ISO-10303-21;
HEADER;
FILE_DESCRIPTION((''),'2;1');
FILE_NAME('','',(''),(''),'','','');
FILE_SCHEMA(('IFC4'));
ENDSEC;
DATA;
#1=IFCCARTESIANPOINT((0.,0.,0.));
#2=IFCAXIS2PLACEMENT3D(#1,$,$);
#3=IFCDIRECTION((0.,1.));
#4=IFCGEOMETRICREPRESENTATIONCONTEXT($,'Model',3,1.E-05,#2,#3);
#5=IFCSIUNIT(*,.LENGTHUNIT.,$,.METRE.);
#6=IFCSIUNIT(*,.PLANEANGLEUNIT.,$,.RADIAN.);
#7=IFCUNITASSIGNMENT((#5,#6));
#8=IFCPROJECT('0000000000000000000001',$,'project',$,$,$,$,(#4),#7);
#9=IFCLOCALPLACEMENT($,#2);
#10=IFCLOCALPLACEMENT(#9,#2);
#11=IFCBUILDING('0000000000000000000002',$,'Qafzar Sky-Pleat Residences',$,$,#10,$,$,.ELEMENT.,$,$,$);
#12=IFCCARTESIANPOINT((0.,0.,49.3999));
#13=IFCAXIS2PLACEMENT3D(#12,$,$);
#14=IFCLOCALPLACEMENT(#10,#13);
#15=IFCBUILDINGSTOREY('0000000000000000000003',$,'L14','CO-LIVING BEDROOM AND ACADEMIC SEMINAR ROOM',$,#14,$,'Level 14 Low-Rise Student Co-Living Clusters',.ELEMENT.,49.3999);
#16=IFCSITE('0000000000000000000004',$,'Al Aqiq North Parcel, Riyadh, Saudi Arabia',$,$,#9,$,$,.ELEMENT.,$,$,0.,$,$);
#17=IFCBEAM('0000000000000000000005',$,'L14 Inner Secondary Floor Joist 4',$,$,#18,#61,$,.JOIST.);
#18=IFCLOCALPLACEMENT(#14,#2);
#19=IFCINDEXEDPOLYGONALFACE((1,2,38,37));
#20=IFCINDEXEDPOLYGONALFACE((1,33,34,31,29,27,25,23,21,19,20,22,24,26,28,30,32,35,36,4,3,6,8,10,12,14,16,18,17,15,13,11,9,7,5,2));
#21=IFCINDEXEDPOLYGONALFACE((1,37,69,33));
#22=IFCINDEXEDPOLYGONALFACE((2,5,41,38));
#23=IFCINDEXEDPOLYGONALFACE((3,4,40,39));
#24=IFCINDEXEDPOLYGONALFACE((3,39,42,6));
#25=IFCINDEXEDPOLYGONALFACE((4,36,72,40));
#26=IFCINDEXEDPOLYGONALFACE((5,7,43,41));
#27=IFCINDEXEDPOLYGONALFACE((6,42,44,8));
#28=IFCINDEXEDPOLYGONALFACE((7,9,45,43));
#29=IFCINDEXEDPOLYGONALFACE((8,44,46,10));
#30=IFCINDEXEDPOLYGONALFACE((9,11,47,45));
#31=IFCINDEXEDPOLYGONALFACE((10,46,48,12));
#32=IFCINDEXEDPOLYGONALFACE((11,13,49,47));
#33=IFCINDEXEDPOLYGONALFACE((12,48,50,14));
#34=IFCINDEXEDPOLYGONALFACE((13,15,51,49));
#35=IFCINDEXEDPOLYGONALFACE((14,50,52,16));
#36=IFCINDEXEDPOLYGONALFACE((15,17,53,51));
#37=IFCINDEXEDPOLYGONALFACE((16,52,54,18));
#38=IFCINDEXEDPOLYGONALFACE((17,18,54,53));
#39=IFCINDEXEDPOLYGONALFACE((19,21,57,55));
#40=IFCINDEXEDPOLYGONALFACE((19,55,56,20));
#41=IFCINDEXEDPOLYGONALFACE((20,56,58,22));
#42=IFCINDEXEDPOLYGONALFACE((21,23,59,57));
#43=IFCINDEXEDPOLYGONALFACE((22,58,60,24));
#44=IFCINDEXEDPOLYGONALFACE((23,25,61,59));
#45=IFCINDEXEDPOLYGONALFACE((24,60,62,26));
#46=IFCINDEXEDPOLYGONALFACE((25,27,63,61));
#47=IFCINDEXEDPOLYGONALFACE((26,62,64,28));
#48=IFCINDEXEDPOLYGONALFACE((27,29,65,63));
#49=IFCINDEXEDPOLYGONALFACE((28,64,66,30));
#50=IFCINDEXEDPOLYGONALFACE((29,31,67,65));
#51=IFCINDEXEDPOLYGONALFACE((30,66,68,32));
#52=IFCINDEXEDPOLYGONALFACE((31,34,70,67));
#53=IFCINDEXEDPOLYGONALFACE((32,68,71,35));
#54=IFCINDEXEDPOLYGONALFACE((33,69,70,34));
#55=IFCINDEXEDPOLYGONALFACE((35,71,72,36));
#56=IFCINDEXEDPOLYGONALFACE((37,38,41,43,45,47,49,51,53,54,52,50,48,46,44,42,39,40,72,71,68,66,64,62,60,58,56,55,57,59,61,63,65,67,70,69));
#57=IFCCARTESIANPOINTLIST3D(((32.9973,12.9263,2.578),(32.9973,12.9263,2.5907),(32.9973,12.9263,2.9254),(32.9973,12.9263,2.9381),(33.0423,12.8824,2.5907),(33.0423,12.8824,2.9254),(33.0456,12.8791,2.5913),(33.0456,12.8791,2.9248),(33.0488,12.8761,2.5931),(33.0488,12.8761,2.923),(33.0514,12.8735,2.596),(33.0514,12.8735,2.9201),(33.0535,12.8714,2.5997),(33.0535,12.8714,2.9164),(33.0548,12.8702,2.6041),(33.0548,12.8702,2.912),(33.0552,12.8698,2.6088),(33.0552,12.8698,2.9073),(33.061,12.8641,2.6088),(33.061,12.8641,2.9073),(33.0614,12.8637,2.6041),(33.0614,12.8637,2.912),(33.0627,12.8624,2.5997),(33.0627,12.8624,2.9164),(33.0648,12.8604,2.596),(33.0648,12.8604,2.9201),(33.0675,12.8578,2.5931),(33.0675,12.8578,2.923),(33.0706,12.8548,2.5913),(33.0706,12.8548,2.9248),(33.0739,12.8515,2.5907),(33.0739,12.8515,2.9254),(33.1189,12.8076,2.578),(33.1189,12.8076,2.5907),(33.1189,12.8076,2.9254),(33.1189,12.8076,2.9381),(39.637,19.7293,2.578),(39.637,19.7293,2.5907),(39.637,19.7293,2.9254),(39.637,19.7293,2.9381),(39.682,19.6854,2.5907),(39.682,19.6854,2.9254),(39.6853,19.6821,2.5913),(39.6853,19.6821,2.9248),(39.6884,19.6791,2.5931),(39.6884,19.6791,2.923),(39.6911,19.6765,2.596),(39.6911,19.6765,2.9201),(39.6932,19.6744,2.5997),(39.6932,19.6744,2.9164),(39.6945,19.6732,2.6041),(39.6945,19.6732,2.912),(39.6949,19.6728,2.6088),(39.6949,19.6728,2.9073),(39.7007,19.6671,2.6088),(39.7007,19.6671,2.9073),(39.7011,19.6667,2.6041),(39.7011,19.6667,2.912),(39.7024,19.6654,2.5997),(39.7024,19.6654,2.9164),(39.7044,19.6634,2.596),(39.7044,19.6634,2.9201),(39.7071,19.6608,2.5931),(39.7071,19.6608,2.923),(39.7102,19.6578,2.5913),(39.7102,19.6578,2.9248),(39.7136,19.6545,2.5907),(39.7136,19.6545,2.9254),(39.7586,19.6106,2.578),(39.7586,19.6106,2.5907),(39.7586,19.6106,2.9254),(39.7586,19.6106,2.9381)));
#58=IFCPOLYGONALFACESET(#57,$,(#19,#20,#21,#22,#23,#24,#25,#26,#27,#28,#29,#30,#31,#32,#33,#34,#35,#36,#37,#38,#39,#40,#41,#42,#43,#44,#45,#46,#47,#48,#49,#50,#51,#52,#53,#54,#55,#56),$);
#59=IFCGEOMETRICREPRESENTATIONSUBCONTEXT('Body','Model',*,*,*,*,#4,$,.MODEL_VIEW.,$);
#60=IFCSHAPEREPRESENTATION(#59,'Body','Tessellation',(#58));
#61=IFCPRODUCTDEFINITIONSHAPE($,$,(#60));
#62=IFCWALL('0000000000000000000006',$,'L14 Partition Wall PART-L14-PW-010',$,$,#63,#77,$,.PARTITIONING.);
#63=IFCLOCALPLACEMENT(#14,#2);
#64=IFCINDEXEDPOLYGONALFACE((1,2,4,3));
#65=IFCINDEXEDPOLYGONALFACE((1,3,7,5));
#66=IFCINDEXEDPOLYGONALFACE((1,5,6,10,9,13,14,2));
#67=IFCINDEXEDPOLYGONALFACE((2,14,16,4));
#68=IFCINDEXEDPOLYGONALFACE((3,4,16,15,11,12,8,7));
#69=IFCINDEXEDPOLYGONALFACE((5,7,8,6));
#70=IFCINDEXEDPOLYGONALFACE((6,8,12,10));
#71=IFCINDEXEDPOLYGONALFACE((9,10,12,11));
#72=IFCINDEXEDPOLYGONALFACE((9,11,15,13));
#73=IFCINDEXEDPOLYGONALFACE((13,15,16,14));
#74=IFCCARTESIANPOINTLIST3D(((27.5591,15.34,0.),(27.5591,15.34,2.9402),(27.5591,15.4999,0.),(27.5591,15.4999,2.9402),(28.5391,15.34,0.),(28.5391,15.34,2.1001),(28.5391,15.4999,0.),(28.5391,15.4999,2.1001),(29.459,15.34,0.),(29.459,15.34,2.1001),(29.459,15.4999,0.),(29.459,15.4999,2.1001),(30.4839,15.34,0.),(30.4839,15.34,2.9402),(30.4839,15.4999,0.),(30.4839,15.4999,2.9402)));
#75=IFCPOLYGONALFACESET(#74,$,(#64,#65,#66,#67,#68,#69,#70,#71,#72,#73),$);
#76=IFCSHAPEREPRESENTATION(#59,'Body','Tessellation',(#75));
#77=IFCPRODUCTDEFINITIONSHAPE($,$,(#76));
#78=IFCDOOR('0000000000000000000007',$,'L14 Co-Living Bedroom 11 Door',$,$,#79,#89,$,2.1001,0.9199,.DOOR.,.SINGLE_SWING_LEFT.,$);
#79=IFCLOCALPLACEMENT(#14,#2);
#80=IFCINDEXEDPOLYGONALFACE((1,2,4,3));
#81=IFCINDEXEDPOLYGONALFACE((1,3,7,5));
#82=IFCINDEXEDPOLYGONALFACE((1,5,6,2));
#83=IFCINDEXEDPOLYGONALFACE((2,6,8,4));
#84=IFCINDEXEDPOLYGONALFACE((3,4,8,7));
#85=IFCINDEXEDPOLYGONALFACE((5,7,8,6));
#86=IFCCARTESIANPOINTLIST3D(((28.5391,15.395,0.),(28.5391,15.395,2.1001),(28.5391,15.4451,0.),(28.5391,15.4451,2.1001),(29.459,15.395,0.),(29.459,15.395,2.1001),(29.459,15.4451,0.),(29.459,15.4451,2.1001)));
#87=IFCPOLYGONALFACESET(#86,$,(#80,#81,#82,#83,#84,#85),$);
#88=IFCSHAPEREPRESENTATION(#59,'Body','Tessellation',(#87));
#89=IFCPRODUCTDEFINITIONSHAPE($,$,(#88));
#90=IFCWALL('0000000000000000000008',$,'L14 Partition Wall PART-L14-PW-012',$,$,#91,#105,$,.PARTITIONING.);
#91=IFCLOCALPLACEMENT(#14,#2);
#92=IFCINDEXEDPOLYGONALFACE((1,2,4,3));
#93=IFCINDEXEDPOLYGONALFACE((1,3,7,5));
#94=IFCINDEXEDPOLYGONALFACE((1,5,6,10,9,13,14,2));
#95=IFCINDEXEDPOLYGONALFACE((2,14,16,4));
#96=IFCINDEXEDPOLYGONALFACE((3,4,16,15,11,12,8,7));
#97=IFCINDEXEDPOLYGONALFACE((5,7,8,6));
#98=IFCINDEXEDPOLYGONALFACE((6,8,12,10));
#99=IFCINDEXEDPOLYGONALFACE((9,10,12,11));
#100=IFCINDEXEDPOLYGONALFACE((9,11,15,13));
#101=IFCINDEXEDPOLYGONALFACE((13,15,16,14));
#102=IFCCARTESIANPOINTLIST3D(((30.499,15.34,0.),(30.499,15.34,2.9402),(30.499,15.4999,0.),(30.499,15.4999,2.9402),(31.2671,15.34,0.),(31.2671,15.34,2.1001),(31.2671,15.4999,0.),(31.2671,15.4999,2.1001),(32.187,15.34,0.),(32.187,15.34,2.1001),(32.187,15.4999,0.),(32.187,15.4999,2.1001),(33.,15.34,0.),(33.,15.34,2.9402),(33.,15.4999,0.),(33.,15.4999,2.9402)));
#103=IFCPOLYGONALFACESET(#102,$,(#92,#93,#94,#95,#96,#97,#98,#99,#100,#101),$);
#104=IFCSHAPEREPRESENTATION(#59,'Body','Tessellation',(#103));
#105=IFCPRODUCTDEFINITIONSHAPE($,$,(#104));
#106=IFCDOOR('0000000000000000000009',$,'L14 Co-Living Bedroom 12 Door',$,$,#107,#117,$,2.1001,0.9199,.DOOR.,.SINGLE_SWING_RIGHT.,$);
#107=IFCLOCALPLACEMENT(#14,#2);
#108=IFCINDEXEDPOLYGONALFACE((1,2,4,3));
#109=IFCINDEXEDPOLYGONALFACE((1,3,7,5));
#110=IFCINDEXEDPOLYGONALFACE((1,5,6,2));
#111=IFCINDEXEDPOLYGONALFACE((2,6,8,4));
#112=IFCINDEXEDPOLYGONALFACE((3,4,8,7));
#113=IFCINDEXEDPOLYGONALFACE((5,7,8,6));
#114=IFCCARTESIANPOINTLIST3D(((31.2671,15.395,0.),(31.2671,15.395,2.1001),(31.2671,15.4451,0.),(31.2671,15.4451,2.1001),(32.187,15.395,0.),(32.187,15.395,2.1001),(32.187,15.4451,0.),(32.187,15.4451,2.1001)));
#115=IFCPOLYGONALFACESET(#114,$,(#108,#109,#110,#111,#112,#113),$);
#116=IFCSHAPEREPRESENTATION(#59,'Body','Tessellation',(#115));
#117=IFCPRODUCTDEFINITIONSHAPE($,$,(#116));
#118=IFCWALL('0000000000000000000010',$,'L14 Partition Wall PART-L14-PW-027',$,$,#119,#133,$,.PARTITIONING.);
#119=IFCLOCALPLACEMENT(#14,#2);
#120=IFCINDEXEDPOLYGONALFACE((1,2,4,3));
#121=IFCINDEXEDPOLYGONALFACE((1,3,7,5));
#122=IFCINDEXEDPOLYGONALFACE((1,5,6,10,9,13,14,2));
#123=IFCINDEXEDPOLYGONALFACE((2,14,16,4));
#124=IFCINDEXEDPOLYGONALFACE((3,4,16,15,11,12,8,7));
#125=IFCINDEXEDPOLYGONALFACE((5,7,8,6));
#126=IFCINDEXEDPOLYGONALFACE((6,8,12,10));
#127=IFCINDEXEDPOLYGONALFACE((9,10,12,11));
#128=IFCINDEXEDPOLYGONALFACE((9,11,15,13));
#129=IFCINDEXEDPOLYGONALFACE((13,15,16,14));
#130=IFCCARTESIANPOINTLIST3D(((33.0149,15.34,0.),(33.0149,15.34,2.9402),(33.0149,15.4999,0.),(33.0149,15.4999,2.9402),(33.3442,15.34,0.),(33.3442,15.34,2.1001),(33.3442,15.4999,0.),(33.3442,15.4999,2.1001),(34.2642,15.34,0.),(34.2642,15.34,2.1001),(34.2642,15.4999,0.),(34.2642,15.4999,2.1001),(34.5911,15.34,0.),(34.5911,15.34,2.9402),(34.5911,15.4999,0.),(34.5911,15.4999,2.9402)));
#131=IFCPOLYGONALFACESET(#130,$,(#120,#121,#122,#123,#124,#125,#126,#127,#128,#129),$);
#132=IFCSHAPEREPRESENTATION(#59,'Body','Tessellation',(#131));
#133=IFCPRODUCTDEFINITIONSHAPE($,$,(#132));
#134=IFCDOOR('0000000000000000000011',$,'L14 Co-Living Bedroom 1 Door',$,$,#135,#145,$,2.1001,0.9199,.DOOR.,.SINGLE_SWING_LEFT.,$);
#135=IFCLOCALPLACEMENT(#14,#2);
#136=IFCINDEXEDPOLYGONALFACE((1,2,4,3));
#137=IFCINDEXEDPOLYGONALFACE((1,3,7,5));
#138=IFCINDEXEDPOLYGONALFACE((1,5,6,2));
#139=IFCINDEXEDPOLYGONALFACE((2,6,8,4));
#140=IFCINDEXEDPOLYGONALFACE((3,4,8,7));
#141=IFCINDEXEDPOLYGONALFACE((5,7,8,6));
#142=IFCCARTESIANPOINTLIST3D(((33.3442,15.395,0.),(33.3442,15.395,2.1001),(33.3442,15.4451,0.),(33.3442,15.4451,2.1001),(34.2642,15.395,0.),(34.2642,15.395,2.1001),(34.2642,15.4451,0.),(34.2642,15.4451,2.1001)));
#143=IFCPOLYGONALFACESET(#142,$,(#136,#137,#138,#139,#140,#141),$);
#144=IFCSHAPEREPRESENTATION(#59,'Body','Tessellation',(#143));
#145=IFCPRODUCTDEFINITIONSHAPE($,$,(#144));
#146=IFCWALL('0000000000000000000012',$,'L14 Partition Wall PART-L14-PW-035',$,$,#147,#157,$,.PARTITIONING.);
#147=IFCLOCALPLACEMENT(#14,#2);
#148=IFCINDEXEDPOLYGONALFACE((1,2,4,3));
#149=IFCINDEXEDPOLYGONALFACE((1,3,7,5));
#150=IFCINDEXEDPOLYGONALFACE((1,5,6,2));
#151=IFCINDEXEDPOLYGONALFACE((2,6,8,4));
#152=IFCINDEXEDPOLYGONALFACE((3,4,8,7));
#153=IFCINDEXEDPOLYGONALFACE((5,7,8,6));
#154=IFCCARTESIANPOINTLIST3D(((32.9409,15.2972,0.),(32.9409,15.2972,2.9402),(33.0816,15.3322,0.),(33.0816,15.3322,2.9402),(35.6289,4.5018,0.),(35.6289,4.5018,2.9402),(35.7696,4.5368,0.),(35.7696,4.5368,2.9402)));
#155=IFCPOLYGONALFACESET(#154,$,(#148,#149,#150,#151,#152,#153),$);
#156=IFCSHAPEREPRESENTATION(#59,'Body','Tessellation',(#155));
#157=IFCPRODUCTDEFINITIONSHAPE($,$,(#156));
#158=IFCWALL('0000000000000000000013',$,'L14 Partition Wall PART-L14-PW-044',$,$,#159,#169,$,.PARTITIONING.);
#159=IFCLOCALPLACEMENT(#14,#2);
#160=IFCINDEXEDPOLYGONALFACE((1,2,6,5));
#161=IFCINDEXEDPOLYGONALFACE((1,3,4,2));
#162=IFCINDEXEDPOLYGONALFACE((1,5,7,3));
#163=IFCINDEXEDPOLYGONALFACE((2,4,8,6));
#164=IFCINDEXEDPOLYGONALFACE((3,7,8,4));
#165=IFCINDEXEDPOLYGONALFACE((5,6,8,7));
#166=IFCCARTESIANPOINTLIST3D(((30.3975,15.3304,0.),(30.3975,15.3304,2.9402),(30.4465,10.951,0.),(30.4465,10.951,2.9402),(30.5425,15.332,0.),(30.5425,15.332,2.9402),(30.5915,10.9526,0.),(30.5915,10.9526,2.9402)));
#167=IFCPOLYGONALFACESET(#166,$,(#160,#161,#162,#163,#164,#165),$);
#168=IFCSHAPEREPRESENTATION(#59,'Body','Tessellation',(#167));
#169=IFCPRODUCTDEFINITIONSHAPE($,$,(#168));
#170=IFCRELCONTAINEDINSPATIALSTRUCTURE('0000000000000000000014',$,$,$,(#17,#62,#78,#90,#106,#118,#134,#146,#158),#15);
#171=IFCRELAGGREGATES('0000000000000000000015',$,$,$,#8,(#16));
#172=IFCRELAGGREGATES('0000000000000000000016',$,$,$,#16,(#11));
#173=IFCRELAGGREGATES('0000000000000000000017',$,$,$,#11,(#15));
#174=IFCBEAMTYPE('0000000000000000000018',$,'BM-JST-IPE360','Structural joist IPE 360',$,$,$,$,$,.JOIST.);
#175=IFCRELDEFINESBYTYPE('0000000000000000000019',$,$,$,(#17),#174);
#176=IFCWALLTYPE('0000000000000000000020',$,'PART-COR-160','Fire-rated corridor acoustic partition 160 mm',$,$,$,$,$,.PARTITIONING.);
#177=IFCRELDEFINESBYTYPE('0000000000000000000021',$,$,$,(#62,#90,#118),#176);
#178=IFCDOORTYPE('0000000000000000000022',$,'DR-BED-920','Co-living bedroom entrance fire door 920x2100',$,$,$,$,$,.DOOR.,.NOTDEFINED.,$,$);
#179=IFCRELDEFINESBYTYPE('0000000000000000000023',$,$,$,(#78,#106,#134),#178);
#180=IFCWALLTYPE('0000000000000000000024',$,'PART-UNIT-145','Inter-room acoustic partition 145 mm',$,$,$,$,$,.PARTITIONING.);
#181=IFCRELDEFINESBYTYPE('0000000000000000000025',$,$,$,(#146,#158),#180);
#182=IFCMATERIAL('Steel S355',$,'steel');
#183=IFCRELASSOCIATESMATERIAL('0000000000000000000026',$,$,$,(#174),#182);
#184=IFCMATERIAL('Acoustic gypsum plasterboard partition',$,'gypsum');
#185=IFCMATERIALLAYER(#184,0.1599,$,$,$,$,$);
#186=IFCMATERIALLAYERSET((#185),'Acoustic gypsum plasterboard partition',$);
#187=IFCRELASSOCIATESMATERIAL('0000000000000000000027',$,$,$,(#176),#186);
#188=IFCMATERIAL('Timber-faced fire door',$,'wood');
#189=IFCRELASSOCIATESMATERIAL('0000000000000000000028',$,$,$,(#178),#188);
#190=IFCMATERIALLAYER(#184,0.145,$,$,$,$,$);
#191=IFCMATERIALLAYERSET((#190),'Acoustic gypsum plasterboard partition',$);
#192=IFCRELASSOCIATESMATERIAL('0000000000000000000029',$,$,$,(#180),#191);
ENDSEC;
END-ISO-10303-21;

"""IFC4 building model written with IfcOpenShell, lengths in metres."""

from ifc_helpers import new_model, si_unit, direction, frame, frame_2d, origin, origin_2d, place, context, subcontext, project, spatial, rectangle, i_section, extrude, source, transform, mapped, material, layer, layer_set, material_profile, profile_set, type_object, element, fill, save


model = new_model("IFC4")

# Units and contexts
model_context = context("Model", 3, precision=1e-05, world=origin(), true_north=direction((0.0, 1.0)))
body_context = subcontext(model_context, "Body", "Model", "MODEL_VIEW")
ifc_project = project(units=[si_unit("LENGTHUNIT", "METRE"), si_unit("PLANEANGLEUNIT", "RADIAN")], contexts=[model_context])

# Site, building, storey
site_placement = place(None, origin())
site = spatial("IfcSite", under=ifc_project, at=site_placement, Name="Al Aqiq North Parcel, Riyadh, Saudi Arabia", CompositionType="ELEMENT", RefElevation=0.0)
building_placement = place(site_placement, origin())
building = spatial("IfcBuilding", under=site, at=building_placement, Name="Qafzar Sky-Pleat Residences", CompositionType="ELEMENT")
storey_placement = place(building_placement, frame((0.0, 0.0, 49.3999)))
storey = spatial("IfcBuildingStorey", under=building, at=storey_placement, Name="L14", Description="CO-LIVING BEDROOM AND ACADEMIC SEMINAR ROOM", LongName="Level 14 Low-Rise Student Co-Living Clusters", CompositionType="ELEMENT", Elevation=49.3999)

# Beam
ifc_material_1 = material(Name="Steel S355", Category="steel")
ifc_material_profile_1 = material_profile(ifc_material_1, i_section(OverallWidth=0.1699, OverallDepth=0.3601, WebThickness=0.0081, FlangeThickness=0.0127, FilletRadius=0.0181, at=origin_2d()), Name="IPE 360")
ifc_profile_set_1 = profile_set([ifc_material_profile_1], Name="Steel S355")
beam_type_1 = type_object("IfcBeamType", Name="BM-JST-IPE360", Description="Structural joist IPE 360", PredefinedType="JOIST", material=ifc_profile_set_1)
shared_shape_1 = source(origin(), body_context, "Body", "SweptSolid", [
    extrude(i_section(OverallWidth=0.1699, OverallDepth=0.3601, WebThickness=0.0081, FlangeThickness=0.0127, FilletRadius=0.0181, at=origin_2d()), origin(), (0.0, 0.0, 1.0), 9.5061),
])
beam_1_placement = place(storey_placement, frame((33.0581, 12.8669, 2.7581), z_axis=(0.698464, 0.715645, 0.0), x_axis=(-0.715645, 0.698464, 0.0)))
element("IfcBeam", 1, at=beam_1_placement, inside=storey, type_object=beam_type_1, Name="L14 Inner Secondary Floor Joist 4", PredefinedType="JOIST", context=body_context, shape_type="MappedRepresentation", body=[
    mapped(shared_shape_1, transform((0.0, 0.0, 0.0), x_axis=(1.0, 0.0, 0.0), y_axis=(0.0, 1.0, 0.0), z_axis=(0.0, 0.0, 1.0), scale=1.0)),
])

# Walls, openings, doors
ifc_material_2 = material(Name="Acoustic gypsum plasterboard partition", Category="gypsum")
ifc_layer_1 = layer(ifc_material_2, 0.1599)
ifc_layer_set_1 = layer_set([ifc_layer_1], Name="Acoustic gypsum plasterboard partition")
wall_type_1 = type_object("IfcWallType", Name="PART-COR-160", Description="Fire-rated corridor acoustic partition 160 mm", PredefinedType="PARTITIONING", material=ifc_layer_set_1)
wall_1_placement = place(storey_placement, frame((30.4839, 15.4199, 0.0), z_axis=(0.0, 0.0, 1.0), x_axis=(-1.0, 0.0, 0.0)))
wall_1 = element("IfcWall", 2, at=wall_1_placement, inside=storey, type_object=wall_type_1, Name="L14 Partition Wall PART-L14-PW-010", PredefinedType="PARTITIONING", context=body_context, shape_type="SweptSolid", body=[
    extrude(rectangle(XDim=2.9248, YDim=0.1599, at=frame_2d((1.4624, 0.0))), origin(), (0.0, 0.0, 1.0), 2.9402),
])
opening_1_placement = place(wall_1_placement, frame((1.0249, 0.0, 0.0)))
opening_1 = element("IfcOpeningElement", 3, at=opening_1_placement, cuts=wall_1, PredefinedType="OPENING", context=body_context, shape_type="SweptSolid", body=[
    extrude(rectangle(XDim=0.9199, YDim=2.1001, at=frame_2d((0.46, 1.05))), frame((0.0, 0.0898, 0.0), z_axis=(0.0, -1.0, 0.0), x_axis=(1.0, 0.0, 0.0)), (0.0, 0.0, 1.0), 0.1799),
])
ifc_material_3 = material(Name="Timber-faced fire door", Category="wood")
door_type_1 = type_object("IfcDoorType", Name="DR-BED-920", Description="Co-living bedroom entrance fire door 920x2100", OperationType="NOTDEFINED", PredefinedType="DOOR", material=ifc_material_3)
shared_shape_2 = source(origin(), body_context, "Body", "SweptSolid", [
    extrude(rectangle(XDim=0.9199, YDim=2.1001, at=frame_2d((0.46, 1.05))), frame((0.0, 0.0249, 0.0), z_axis=(0.0, -1.0, 0.0), x_axis=(1.0, 0.0, 0.0)), (0.0, 0.0, 1.0), 0.05),
])
door_1_placement = place(opening_1_placement, origin())
door_1 = element("IfcDoor", 4, at=door_1_placement, inside=storey, type_object=door_type_1, Name="L14 Co-Living Bedroom 11 Door", OperationType="SINGLE_SWING_LEFT", OverallHeight=2.1001, OverallWidth=0.9199, PredefinedType="DOOR", context=body_context, shape_type="MappedRepresentation", body=[
    mapped(shared_shape_2, transform((0.0, 0.0, 0.0), x_axis=(1.0, 0.0, 0.0), y_axis=(0.0, 1.0, 0.0), z_axis=(0.0, 0.0, 1.0), scale=1.0)),
])
fill(opening_1, door_1)
wall_2_placement = place(storey_placement, frame((33.0, 15.4199, 0.0), z_axis=(0.0, 0.0, 1.0), x_axis=(-1.0, 0.0, 0.0)))
wall_2 = element("IfcWall", 5, at=wall_2_placement, inside=storey, type_object=wall_type_1, Name="L14 Partition Wall PART-L14-PW-012", PredefinedType="PARTITIONING", context=body_context, shape_type="SweptSolid", body=[
    extrude(rectangle(XDim=2.501, YDim=0.1599, at=frame_2d((1.2505, 0.0))), origin(), (0.0, 0.0, 1.0), 2.9402),
])
opening_2_placement = place(wall_2_placement, frame((0.813, 0.0, 0.0)))
opening_2 = element("IfcOpeningElement", 6, at=opening_2_placement, cuts=wall_2, PredefinedType="OPENING", context=body_context, shape_type="SweptSolid", body=[
    extrude(rectangle(XDim=0.9199, YDim=2.1001, at=frame_2d((0.46, 1.05))), frame((0.0, 0.0898, 0.0), z_axis=(0.0, -1.0, 0.0), x_axis=(1.0, 0.0, 0.0)), (0.0, 0.0, 1.0), 0.1799),
])
door_2_placement = place(opening_2_placement, origin())
door_2 = element("IfcDoor", 7, at=door_2_placement, inside=storey, type_object=door_type_1, Name="L14 Co-Living Bedroom 12 Door", OperationType="SINGLE_SWING_RIGHT", OverallHeight=2.1001, OverallWidth=0.9199, PredefinedType="DOOR", context=body_context, shape_type="MappedRepresentation", body=[
    mapped(shared_shape_2, transform((0.0, 0.0, 0.0), x_axis=(1.0, 0.0, 0.0), y_axis=(0.0, 1.0, 0.0), z_axis=(0.0, 0.0, 1.0), scale=1.0)),
])
fill(opening_2, door_2)
wall_3_placement = place(storey_placement, frame((34.5911, 15.4199, 0.0), z_axis=(0.0, 0.0, 1.0), x_axis=(-1.0, 0.0, 0.0)))
wall_3 = element("IfcWall", 8, at=wall_3_placement, inside=storey, type_object=wall_type_1, Name="L14 Partition Wall PART-L14-PW-027", PredefinedType="PARTITIONING", context=body_context, shape_type="SweptSolid", body=[
    extrude(rectangle(XDim=1.5762, YDim=0.1599, at=frame_2d((0.7881, 0.0))), origin(), (0.0, 0.0, 1.0), 2.9402),
])
opening_3_placement = place(wall_3_placement, frame((0.3269, 0.0, 0.0)))
opening_3 = element("IfcOpeningElement", 9, at=opening_3_placement, cuts=wall_3, PredefinedType="OPENING", context=body_context, shape_type="SweptSolid", body=[
    extrude(rectangle(XDim=0.9199, YDim=2.1001, at=frame_2d((0.46, 1.05))), frame((0.0, 0.0898, 0.0), z_axis=(0.0, -1.0, 0.0), x_axis=(1.0, 0.0, 0.0)), (0.0, 0.0, 1.0), 0.1799),
])
door_3_placement = place(opening_3_placement, origin())
door_3 = element("IfcDoor", 10, at=door_3_placement, inside=storey, type_object=door_type_1, Name="L14 Co-Living Bedroom 1 Door", OperationType="SINGLE_SWING_LEFT", OverallHeight=2.1001, OverallWidth=0.9199, PredefinedType="DOOR", context=body_context, shape_type="MappedRepresentation", body=[
    mapped(shared_shape_2, transform((0.0, 0.0, 0.0), x_axis=(1.0, 0.0, 0.0), y_axis=(0.0, 1.0, 0.0), z_axis=(0.0, 0.0, 1.0), scale=1.0)),
])
fill(opening_3, door_3)

# Walls
ifc_layer_2 = layer(ifc_material_2, 0.145)
ifc_layer_set_2 = layer_set([ifc_layer_2], Name="Acoustic gypsum plasterboard partition")
wall_type_2 = type_object("IfcWallType", Name="PART-UNIT-145", Description="Inter-room acoustic partition 145 mm", PredefinedType="PARTITIONING", material=ifc_layer_set_2)
wall_4_placement = place(storey_placement, frame((33.0112, 15.3147, 0.0), z_axis=(0.0, 0.0, 1.0), x_axis=(0.241616, -0.970372, 0.0)))
element("IfcWall", 11, at=wall_4_placement, inside=storey, type_object=wall_type_2, Name="L14 Partition Wall PART-L14-PW-035", PredefinedType="PARTITIONING", context=body_context, shape_type="SweptSolid", body=[
    extrude(rectangle(XDim=11.125, YDim=0.145, at=frame_2d((5.5625, 0.0))), origin(), (0.0, 0.0, 1.0), 2.9402),
])
wall_5_placement = place(storey_placement, frame((30.47, 15.3313, 0.0), z_axis=(0.0, 0.0, 1.0), x_axis=(0.011205, -0.999937, 0.0)))
element("IfcWall", 12, at=wall_5_placement, inside=storey, type_object=wall_type_2, Name="L14 Partition Wall PART-L14-PW-044", PredefinedType="PARTITIONING", context=body_context, shape_type="SweptSolid", body=[
    extrude(rectangle(XDim=4.3796, YDim=0.145, at=frame_2d((2.1899, 0.0))), origin(), (0.0, 0.0, 1.0), 2.9402),
])

save(model, "model.ifc")
